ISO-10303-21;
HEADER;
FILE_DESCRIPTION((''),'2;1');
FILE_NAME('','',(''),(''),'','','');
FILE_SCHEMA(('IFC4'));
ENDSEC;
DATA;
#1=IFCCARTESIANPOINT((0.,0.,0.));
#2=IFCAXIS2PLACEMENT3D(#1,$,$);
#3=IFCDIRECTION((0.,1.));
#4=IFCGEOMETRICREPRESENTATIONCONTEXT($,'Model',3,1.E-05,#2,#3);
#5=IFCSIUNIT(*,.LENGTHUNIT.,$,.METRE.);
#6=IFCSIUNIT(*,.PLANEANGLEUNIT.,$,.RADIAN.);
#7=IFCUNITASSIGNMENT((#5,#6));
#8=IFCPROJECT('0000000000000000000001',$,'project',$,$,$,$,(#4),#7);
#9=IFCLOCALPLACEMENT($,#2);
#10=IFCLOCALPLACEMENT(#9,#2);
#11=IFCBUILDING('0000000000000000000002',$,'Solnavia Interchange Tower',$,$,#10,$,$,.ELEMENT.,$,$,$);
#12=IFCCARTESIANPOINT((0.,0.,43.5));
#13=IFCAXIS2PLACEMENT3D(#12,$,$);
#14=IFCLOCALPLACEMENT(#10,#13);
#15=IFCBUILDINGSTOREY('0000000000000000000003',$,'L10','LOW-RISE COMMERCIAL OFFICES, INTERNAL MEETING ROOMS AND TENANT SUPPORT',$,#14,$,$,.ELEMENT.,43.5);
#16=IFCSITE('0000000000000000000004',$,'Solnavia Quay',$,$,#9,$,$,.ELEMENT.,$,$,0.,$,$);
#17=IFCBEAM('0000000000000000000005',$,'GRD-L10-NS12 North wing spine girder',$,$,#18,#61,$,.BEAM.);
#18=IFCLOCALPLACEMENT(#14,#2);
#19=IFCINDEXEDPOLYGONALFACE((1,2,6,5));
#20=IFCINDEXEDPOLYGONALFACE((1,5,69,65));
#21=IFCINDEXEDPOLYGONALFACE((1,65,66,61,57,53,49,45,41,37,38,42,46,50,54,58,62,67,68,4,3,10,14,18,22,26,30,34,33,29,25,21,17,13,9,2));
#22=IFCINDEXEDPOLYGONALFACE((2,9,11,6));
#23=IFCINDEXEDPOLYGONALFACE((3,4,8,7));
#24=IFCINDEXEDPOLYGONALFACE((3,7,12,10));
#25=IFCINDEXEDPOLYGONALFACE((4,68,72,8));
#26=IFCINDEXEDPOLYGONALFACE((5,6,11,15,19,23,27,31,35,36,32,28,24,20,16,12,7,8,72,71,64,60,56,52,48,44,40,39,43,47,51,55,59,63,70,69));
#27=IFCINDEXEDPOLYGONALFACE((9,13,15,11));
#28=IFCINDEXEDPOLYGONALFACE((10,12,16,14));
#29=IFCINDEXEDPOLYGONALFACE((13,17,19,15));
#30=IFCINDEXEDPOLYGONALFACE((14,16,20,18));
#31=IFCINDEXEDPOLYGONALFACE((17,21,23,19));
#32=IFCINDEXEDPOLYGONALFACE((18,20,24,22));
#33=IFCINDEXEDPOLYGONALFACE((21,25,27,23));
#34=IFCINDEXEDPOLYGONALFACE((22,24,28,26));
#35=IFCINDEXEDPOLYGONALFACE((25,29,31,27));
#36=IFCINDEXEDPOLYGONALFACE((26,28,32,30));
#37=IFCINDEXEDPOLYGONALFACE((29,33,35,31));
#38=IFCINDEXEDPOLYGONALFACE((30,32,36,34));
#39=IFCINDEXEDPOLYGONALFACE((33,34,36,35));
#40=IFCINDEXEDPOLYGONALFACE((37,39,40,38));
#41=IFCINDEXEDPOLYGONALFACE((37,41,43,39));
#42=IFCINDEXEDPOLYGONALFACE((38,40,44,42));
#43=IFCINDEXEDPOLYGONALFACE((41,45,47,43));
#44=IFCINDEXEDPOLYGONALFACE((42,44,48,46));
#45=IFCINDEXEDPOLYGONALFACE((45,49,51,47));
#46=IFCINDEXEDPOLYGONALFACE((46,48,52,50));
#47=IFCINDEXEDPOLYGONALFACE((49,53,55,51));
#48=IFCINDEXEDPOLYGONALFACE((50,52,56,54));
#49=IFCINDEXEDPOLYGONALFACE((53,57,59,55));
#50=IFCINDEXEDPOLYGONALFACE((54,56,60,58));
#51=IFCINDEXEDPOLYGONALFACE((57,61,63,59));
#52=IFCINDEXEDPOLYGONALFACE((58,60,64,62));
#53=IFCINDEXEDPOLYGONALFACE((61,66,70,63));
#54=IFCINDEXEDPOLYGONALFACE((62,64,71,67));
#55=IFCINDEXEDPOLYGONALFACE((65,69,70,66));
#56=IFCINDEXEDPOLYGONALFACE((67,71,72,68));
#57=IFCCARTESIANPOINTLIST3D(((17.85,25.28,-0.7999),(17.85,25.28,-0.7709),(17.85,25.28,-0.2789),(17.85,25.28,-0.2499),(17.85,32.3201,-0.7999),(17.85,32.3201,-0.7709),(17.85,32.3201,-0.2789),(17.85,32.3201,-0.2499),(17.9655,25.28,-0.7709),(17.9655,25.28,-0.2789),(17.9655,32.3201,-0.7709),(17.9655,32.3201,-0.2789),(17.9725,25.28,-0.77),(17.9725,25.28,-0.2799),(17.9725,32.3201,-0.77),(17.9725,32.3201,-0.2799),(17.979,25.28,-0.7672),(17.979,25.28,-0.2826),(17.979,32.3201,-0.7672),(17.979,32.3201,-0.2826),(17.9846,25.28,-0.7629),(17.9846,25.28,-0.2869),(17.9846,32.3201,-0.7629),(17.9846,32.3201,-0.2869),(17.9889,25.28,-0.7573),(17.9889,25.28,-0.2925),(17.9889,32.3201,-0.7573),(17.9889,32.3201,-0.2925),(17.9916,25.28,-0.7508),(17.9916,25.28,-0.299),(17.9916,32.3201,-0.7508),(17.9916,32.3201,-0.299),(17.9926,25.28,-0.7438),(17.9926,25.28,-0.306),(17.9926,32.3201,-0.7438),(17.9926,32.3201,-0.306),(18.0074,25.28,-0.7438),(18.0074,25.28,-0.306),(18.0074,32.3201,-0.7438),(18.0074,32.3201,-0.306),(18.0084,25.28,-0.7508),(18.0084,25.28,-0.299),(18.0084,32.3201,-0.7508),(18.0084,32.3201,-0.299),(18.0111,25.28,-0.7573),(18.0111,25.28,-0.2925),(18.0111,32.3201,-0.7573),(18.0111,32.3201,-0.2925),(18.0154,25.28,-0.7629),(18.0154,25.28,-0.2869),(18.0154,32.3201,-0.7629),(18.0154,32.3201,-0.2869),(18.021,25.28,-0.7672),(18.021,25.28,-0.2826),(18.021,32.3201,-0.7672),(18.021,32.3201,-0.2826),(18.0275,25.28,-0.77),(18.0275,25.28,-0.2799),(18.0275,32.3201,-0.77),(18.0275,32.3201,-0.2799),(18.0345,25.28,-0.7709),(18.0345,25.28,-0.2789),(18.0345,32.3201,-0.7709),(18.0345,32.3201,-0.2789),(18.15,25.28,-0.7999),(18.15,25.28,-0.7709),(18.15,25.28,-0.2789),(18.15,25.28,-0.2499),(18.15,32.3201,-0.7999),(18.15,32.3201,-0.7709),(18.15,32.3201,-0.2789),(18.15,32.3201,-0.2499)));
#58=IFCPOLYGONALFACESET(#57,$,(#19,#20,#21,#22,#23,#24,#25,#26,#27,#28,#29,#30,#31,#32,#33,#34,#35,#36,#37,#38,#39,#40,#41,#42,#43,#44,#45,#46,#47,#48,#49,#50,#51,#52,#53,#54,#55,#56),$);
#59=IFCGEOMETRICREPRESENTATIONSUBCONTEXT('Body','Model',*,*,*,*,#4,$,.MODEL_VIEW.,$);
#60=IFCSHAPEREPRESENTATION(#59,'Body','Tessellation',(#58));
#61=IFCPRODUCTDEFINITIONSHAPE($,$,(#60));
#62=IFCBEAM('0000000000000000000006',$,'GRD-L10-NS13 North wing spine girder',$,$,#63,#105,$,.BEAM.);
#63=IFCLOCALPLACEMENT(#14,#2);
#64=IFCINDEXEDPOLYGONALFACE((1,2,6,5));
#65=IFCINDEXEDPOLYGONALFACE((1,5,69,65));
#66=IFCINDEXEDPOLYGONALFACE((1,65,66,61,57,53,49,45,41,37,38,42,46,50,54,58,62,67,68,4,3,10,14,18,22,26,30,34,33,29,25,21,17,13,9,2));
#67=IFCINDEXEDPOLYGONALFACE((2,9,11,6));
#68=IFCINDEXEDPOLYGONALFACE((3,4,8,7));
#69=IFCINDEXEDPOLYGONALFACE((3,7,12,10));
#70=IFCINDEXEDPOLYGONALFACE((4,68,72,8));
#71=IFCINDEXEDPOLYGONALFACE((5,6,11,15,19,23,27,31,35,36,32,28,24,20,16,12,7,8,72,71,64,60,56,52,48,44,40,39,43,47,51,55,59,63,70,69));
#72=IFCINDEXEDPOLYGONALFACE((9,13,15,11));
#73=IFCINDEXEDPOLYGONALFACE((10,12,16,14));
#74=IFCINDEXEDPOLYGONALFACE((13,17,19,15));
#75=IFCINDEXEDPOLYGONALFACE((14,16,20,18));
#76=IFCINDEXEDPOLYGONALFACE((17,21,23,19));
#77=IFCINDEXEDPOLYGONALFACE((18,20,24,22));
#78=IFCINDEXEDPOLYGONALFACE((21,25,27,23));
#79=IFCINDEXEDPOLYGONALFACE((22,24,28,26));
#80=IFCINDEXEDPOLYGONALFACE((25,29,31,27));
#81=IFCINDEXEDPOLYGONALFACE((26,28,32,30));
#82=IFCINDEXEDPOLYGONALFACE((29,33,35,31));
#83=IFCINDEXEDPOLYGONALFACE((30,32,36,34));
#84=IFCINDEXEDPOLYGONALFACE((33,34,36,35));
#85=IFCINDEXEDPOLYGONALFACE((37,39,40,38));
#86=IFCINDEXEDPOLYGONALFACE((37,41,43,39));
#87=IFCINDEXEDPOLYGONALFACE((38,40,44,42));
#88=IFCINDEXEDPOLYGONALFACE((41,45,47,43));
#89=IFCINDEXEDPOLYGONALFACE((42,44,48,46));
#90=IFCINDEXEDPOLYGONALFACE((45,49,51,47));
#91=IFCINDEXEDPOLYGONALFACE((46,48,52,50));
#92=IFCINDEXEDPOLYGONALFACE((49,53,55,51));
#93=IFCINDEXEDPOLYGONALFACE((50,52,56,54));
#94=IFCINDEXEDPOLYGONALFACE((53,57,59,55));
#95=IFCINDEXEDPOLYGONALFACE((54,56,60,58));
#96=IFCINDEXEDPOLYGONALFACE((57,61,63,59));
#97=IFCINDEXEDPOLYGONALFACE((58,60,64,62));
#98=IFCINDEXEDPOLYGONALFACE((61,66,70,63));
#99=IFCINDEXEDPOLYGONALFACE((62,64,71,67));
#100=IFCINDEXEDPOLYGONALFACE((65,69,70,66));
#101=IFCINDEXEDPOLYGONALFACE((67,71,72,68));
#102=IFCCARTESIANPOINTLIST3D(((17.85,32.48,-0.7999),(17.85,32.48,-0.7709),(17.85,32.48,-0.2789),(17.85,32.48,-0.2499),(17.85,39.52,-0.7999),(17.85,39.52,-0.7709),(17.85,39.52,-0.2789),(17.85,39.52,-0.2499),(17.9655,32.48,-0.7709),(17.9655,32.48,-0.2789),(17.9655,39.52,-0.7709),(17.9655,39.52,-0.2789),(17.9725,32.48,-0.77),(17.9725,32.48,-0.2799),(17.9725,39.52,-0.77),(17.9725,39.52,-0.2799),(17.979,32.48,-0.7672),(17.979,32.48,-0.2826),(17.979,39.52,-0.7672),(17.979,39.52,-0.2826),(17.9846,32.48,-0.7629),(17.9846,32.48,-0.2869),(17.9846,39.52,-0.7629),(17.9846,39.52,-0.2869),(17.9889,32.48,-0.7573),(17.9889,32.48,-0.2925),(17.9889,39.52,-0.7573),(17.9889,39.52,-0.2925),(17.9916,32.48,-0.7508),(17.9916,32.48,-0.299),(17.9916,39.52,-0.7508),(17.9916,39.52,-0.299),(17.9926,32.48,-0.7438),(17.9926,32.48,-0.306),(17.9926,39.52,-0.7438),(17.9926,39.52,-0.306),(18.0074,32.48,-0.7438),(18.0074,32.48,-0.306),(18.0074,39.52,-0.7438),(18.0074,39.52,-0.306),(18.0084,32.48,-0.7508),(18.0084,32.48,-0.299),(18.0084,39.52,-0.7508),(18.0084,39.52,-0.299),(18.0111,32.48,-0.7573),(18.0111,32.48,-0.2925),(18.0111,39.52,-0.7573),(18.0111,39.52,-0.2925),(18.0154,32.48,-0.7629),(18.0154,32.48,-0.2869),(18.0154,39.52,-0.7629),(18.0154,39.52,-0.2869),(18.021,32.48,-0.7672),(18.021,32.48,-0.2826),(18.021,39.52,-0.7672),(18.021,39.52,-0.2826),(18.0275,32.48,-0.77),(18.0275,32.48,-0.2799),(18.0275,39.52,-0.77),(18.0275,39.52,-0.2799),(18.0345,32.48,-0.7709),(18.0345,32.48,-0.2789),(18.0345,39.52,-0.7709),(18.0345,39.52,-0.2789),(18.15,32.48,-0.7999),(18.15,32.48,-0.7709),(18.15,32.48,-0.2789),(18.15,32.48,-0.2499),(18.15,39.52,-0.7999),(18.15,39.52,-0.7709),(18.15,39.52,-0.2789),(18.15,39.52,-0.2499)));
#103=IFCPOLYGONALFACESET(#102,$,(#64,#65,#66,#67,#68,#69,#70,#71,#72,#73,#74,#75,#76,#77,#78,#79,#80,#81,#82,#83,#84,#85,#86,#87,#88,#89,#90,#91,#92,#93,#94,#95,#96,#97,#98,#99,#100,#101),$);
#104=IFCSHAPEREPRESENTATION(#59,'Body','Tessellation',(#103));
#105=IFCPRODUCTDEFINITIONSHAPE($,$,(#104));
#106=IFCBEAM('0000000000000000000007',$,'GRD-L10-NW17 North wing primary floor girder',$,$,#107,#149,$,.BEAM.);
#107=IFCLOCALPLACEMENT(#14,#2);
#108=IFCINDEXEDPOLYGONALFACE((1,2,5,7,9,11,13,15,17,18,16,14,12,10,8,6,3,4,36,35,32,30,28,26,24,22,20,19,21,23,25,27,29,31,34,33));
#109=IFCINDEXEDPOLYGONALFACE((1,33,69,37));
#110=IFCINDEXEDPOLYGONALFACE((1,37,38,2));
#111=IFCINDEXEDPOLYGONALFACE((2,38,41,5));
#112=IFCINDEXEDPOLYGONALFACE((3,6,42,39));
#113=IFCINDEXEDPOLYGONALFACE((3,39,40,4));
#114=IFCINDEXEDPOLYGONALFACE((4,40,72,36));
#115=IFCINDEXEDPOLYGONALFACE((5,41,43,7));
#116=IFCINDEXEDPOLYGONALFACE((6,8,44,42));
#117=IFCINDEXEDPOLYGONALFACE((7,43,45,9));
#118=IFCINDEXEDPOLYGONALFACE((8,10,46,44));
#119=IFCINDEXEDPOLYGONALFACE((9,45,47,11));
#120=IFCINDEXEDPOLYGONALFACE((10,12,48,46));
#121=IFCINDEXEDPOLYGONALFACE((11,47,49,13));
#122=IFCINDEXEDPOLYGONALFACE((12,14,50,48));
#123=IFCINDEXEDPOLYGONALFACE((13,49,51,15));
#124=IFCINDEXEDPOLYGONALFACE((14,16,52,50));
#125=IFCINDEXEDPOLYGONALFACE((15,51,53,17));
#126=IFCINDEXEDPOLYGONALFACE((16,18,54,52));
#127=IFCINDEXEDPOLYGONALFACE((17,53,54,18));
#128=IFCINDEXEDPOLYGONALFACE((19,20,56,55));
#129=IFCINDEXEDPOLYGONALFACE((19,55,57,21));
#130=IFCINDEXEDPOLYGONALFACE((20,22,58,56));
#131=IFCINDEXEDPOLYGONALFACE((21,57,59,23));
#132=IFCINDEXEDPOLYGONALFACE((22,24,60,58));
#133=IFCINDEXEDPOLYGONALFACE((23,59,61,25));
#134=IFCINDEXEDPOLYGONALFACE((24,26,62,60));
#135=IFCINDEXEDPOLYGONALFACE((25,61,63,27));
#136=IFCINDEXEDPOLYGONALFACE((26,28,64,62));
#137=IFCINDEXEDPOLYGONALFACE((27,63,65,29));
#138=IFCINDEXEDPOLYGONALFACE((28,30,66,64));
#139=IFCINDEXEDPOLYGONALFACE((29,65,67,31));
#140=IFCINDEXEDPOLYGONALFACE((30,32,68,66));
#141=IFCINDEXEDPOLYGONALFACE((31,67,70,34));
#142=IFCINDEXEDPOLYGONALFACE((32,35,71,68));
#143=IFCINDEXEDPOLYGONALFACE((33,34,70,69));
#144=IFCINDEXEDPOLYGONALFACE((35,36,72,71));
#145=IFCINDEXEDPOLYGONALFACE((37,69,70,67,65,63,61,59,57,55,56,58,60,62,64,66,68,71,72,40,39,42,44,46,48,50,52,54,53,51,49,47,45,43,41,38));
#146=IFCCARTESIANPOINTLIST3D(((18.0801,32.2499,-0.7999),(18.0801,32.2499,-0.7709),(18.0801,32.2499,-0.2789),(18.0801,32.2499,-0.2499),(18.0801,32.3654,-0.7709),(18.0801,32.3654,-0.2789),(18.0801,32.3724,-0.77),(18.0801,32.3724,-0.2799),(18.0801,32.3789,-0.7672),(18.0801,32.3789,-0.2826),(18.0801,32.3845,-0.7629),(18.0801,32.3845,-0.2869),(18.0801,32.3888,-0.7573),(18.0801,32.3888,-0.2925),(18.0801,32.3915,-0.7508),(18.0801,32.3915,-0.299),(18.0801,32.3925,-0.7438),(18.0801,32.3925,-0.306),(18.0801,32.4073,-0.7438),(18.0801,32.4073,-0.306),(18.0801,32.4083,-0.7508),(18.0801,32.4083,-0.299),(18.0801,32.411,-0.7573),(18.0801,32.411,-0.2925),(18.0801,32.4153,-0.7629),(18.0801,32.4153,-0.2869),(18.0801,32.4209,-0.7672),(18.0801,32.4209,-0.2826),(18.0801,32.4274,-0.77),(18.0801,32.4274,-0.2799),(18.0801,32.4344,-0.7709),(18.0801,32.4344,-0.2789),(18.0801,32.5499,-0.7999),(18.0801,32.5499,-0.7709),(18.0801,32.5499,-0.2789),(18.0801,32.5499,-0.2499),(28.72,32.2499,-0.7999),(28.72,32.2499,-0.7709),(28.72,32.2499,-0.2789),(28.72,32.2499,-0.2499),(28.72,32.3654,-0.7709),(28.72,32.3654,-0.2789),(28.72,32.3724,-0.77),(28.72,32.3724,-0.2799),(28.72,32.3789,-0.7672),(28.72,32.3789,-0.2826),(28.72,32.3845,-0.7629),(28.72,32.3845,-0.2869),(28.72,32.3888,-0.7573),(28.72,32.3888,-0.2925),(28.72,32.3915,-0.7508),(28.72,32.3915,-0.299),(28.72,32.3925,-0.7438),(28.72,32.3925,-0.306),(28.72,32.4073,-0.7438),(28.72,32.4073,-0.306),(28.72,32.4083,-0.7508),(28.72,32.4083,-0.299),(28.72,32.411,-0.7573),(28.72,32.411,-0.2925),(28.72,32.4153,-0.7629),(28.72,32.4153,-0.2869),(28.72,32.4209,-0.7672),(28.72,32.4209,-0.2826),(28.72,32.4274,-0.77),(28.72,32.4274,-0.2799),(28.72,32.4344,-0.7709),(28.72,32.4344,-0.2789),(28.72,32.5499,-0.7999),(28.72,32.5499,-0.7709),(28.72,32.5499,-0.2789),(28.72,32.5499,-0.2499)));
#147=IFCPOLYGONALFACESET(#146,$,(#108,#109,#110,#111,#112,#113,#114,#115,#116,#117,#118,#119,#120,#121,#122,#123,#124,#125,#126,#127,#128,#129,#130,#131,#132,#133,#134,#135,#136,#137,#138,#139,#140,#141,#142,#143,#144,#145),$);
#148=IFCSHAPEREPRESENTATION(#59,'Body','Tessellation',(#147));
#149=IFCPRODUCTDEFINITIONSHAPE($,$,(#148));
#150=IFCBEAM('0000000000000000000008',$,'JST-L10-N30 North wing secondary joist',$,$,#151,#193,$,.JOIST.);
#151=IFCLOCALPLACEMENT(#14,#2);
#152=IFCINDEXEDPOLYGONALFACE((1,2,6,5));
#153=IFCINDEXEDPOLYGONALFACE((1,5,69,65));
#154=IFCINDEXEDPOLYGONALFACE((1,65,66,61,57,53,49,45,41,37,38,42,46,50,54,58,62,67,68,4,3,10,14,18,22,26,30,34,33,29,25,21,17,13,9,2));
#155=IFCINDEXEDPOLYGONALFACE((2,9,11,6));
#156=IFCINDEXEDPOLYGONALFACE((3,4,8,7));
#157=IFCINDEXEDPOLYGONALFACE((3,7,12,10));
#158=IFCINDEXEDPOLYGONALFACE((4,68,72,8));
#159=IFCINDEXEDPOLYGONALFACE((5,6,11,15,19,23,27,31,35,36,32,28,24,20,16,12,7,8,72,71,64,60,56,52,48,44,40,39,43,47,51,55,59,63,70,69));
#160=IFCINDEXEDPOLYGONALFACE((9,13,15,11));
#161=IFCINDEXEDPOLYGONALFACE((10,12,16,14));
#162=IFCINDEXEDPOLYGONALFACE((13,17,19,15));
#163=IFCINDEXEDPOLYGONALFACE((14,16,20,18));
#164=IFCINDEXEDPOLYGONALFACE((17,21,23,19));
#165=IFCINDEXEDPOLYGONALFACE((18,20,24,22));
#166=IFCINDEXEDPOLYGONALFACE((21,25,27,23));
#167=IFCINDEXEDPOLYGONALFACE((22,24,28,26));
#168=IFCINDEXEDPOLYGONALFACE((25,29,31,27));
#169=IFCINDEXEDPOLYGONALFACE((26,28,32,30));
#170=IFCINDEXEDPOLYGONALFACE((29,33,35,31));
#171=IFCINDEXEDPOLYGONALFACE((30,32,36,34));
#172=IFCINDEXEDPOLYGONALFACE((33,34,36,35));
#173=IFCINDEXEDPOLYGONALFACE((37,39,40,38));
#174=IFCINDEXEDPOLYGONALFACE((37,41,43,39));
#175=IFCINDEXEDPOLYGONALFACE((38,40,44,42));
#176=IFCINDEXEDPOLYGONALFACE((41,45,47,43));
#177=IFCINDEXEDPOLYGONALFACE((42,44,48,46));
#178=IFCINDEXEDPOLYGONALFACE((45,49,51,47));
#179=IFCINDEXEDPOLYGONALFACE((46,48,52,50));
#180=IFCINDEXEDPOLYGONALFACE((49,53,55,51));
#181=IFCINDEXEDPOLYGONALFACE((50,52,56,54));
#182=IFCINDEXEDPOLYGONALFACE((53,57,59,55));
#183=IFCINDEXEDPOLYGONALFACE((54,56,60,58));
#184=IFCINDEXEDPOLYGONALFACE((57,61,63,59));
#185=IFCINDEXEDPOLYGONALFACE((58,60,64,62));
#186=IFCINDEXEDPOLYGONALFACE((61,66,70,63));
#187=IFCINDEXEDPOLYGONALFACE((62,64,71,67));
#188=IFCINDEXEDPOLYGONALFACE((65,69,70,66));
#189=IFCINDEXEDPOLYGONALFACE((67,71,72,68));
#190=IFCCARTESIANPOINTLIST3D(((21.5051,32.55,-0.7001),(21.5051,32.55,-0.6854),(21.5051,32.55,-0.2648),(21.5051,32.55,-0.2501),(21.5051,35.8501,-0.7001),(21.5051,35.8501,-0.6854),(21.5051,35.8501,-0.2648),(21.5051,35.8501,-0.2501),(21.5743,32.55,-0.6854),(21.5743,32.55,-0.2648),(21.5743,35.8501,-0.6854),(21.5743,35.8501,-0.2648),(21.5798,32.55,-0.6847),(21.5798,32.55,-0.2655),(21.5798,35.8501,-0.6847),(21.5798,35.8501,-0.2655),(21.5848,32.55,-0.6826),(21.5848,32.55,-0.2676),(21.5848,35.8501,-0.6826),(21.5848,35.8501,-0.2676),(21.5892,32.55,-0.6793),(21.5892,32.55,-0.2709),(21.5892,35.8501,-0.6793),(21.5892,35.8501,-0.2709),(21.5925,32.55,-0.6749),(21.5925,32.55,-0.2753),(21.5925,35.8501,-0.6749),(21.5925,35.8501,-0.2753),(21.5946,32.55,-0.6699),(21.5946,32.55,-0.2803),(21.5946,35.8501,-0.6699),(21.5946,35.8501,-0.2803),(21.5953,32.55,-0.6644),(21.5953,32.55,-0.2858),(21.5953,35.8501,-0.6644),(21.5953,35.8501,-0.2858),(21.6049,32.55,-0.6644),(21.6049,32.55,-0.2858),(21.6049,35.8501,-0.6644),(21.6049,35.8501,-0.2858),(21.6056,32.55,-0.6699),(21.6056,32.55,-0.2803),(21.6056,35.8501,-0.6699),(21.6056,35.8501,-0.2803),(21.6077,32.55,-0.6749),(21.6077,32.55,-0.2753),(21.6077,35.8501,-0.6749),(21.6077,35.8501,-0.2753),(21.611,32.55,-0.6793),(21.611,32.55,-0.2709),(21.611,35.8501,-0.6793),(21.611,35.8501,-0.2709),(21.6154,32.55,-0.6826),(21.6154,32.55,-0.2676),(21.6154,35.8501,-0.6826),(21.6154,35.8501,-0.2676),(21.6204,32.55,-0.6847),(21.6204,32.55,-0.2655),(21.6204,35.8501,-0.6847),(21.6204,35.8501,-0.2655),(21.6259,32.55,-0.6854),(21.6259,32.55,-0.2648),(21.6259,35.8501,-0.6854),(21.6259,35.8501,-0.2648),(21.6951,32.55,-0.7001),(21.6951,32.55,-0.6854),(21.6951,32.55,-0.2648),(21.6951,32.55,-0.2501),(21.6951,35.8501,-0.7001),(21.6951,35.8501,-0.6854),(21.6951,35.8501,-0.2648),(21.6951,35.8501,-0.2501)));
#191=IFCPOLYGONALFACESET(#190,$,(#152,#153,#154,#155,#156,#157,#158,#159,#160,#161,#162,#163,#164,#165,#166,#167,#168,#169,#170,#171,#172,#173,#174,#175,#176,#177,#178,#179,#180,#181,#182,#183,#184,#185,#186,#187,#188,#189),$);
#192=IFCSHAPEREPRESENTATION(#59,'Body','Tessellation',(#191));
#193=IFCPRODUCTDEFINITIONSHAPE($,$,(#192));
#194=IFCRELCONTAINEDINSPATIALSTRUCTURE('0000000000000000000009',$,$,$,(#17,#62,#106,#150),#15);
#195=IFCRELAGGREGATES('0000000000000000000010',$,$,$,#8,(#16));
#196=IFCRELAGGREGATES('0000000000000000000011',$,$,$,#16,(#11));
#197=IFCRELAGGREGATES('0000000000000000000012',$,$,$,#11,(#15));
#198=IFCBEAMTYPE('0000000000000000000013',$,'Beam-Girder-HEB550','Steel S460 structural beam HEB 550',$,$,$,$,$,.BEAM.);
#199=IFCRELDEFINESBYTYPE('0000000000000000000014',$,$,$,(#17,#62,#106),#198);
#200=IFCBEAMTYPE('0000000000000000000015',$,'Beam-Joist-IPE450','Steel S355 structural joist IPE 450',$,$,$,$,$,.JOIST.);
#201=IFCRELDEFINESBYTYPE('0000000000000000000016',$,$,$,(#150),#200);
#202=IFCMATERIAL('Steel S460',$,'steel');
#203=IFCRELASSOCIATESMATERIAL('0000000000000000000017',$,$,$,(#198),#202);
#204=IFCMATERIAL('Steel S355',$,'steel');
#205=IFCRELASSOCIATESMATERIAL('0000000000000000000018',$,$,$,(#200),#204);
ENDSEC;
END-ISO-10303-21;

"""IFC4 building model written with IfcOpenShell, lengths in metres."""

from ifc_helpers import new_model, si_unit, direction, frame, origin, origin_2d, place, context, subcontext, project, spatial, i_section, extrude, material, material_profile, profile_set, type_object, element, save


model = new_model("IFC4")

# Units and contexts
model_context = context("Model", 3, precision=1e-05, world=origin(), true_north=direction((0.0, 1.0)))
body_context = subcontext(model_context, "Body", "Model", "MODEL_VIEW")
ifc_project = project(units=[si_unit("LENGTHUNIT", "METRE"), si_unit("PLANEANGLEUNIT", "RADIAN")], contexts=[model_context])

# Site, building, storey
site_placement = place(None, origin())
site = spatial("IfcSite", under=ifc_project, at=site_placement, Name="Solnavia Quay", CompositionType="ELEMENT", RefElevation=0.0)
building_placement = place(site_placement, origin())
building = spatial("IfcBuilding", under=site, at=building_placement, Name="Solnavia Interchange Tower", CompositionType="ELEMENT")
storey_placement = place(building_placement, frame((0.0, 0.0, 43.5)))
storey = spatial("IfcBuildingStorey", under=building, at=storey_placement, Name="L10", Description="LOW-RISE COMMERCIAL OFFICES, INTERNAL MEETING ROOMS AND TENANT SUPPORT", CompositionType="ELEMENT", Elevation=43.5)

# Shared definitions
ifc_material_1 = material(Name="Steel S355", Category="steel")

# Beams
ifc_material_2 = material(Name="Steel S460", Category="steel")
ifc_material_profile_1 = material_profile(ifc_material_2, i_section(OverallWidth=0.3, OverallDepth=0.55, WebThickness=0.0149, FlangeThickness=0.0291, FilletRadius=0.0271, at=origin_2d()), Name="HEB 550")
ifc_profile_set_1 = profile_set([ifc_material_profile_1], Name="Steel S460")
beam_type_1 = type_object("IfcBeamType", Name="Beam-Girder-HEB550", Description="Steel S460 structural beam HEB 550", PredefinedType="BEAM", material=ifc_profile_set_1)
for number, where, z_axis, x_axis, name in (
    (1, (18.0, 25.28, -0.5249), (0.0, 1.0, 0.0), (-1.0, 0.0, 0.0), "GRD-L10-NS12 North wing spine girder"),
    (2, (18.0, 32.48, -0.5249), (0.0, 1.0, 0.0), (-1.0, 0.0, 0.0), "GRD-L10-NS13 North wing spine girder"),
):
    element("IfcBeam", number, at=place(storey_placement, frame(where, z_axis=z_axis, x_axis=x_axis)), inside=storey, type_object=beam_type_1, Name=name, PredefinedType="BEAM", context=body_context, shape_type="SweptSolid", body=[
        extrude(i_section(OverallWidth=0.3, OverallDepth=0.55, WebThickness=0.0149, FlangeThickness=0.0291, FilletRadius=0.0271, at=origin_2d()), origin(), (0.0, 0.0, 1.0), 7.04),
    ])
beam_placement = place(storey_placement, frame((18.0801, 32.3999, -0.5249), z_axis=(1.0, 0.0, 0.0), x_axis=(0.0, 1.0, 0.0)))
element("IfcBeam", 3, at=beam_placement, inside=storey, type_object=beam_type_1, Name="GRD-L10-NW17 North wing primary floor girder", PredefinedType="BEAM", context=body_context, shape_type="SweptSolid", body=[
    extrude(i_section(OverallWidth=0.3, OverallDepth=0.55, WebThickness=0.0149, FlangeThickness=0.0291, FilletRadius=0.0271, at=origin_2d()), origin(), (0.0, 0.0, 1.0), 10.6399),
])
ifc_material_profile_2 = material_profile(ifc_material_1, i_section(OverallWidth=0.1899, OverallDepth=0.45, WebThickness=0.0095, FlangeThickness=0.0146, FilletRadius=0.021, at=origin_2d()), Name="IPE 450")
ifc_profile_set_2 = profile_set([ifc_material_profile_2], Name="Steel S355")
beam_type_2 = type_object("IfcBeamType", Name="Beam-Joist-IPE450", Description="Steel S355 structural joist IPE 450", PredefinedType="JOIST", material=ifc_profile_set_2)
for number, where, z_axis, x_axis, name in (
    (4, (21.6001, 32.55, -0.4751), (0.0, 1.0, 0.0), (-1.0, 0.0, 0.0), "JST-L10-N30 North wing secondary joist"),
):
    element("IfcBeam", number, at=place(storey_placement, frame(where, z_axis=z_axis, x_axis=x_axis)), inside=storey, type_object=beam_type_2, Name=name, PredefinedType="JOIST", context=body_context, shape_type="SweptSolid", body=[
        extrude(i_section(OverallWidth=0.1899, OverallDepth=0.45, WebThickness=0.0095, FlangeThickness=0.0146, FilletRadius=0.021, at=origin_2d()), origin(), (0.0, 0.0, 1.0), 3.3),
    ])

save(model, "model.ifc")
